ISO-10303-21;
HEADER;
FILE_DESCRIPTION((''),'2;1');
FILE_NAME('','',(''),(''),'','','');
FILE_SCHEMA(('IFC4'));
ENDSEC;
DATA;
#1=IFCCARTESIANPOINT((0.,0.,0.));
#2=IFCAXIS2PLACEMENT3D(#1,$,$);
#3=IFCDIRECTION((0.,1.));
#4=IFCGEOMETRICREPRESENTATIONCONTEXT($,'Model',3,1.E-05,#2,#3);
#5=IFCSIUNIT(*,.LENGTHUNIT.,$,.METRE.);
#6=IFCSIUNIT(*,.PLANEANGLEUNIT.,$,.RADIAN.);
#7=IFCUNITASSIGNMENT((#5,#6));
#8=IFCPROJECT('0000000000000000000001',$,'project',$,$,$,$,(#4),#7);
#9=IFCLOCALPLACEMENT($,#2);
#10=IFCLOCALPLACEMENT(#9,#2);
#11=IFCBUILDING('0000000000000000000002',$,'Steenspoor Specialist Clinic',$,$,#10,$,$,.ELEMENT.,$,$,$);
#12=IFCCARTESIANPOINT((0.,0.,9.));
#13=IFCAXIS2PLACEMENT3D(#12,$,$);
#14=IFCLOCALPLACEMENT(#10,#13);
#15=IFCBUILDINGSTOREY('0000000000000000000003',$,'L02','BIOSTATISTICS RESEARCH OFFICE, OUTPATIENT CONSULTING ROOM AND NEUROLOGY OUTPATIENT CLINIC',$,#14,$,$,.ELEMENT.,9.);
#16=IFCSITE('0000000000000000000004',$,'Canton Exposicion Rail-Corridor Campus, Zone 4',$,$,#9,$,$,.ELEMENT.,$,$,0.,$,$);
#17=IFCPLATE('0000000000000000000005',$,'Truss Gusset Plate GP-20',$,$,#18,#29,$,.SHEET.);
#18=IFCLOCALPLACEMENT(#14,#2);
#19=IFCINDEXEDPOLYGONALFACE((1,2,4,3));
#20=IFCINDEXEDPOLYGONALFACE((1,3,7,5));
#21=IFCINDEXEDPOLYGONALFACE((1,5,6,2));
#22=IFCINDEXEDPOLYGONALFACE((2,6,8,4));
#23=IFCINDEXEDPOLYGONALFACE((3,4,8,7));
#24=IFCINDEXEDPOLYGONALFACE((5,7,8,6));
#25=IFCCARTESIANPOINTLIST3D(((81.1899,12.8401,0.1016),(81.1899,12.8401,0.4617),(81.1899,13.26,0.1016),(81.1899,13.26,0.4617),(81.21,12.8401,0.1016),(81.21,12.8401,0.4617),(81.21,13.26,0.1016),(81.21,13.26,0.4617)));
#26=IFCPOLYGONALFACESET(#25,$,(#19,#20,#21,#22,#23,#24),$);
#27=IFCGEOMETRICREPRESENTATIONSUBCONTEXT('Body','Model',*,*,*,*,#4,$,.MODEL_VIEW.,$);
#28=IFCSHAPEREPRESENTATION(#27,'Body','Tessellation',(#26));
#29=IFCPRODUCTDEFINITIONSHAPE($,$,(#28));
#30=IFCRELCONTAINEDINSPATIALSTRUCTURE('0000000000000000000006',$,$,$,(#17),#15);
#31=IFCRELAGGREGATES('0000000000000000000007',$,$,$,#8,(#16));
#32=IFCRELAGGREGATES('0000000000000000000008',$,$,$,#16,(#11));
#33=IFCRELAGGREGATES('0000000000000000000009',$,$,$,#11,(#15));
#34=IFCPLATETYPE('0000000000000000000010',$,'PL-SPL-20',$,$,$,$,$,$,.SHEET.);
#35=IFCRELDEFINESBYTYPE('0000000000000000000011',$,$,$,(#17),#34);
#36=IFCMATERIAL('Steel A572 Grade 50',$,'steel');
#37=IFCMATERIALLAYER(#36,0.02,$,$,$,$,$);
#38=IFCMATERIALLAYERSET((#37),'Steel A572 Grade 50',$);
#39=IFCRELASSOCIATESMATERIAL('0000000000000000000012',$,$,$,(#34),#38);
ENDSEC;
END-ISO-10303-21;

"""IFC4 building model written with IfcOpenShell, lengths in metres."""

from ifc_helpers import new_model, si_unit, direction, frame, origin, origin_2d, place, context, subcontext, project, spatial, rectangle, extrude, material, layer, layer_set, type_object, element, save


model = new_model("IFC4")

# Units and contexts
model_context = context("Model", 3, precision=1e-05, world=origin(), true_north=direction((0.0, 1.0)))
body_context = subcontext(model_context, "Body", "Model", "MODEL_VIEW")
ifc_project = project(units=[si_unit("LENGTHUNIT", "METRE"), si_unit("PLANEANGLEUNIT", "RADIAN")], contexts=[model_context])

# Site, building, storey
site_placement = place(None, origin())
site = spatial("IfcSite", under=ifc_project, at=site_placement, Name="Canton Exposicion Rail-Corridor Campus, Zone 4", CompositionType="ELEMENT", RefElevation=0.0)
building_placement = place(site_placement, origin())
building = spatial("IfcBuilding", under=site, at=building_placement, Name="Steenspoor Specialist Clinic", CompositionType="ELEMENT")
storey_placement = place(building_placement, frame((0.0, 0.0, 9.0)))
storey = spatial("IfcBuildingStorey", under=building, at=storey_placement, Name="L02", Description="BIOSTATISTICS RESEARCH OFFICE, OUTPATIENT CONSULTING ROOM AND NEUROLOGY OUTPATIENT CLINIC", CompositionType="ELEMENT", Elevation=9.0)

# Plate
ifc_material_1 = material(Name="Steel A572 Grade 50", Category="steel")
ifc_layer_1 = layer(ifc_material_1, 0.02)
ifc_layer_set_1 = layer_set([ifc_layer_1], Name="Steel A572 Grade 50")
plate_type_1 = type_object("IfcPlateType", Name="PL-SPL-20", PredefinedType="SHEET", material=ifc_layer_set_1)
plate_1_placement = place(storey_placement, frame((81.2, 13.05, 0.1016), z_axis=(0.0, 0.0, 1.0), x_axis=(1.0, 0.0, 0.0)))
element("IfcPlate", 1, at=plate_1_placement, inside=storey, type_object=plate_type_1, Name="Truss Gusset Plate GP-20", PredefinedType="SHEET", context=body_context, shape_type="SweptSolid", body=[
    extrude(rectangle(XDim=0.02, YDim=0.4199, at=origin_2d()), origin(), (0.0, 0.0, 1.0), 0.3601),
])

save(model, "model.ifc")
